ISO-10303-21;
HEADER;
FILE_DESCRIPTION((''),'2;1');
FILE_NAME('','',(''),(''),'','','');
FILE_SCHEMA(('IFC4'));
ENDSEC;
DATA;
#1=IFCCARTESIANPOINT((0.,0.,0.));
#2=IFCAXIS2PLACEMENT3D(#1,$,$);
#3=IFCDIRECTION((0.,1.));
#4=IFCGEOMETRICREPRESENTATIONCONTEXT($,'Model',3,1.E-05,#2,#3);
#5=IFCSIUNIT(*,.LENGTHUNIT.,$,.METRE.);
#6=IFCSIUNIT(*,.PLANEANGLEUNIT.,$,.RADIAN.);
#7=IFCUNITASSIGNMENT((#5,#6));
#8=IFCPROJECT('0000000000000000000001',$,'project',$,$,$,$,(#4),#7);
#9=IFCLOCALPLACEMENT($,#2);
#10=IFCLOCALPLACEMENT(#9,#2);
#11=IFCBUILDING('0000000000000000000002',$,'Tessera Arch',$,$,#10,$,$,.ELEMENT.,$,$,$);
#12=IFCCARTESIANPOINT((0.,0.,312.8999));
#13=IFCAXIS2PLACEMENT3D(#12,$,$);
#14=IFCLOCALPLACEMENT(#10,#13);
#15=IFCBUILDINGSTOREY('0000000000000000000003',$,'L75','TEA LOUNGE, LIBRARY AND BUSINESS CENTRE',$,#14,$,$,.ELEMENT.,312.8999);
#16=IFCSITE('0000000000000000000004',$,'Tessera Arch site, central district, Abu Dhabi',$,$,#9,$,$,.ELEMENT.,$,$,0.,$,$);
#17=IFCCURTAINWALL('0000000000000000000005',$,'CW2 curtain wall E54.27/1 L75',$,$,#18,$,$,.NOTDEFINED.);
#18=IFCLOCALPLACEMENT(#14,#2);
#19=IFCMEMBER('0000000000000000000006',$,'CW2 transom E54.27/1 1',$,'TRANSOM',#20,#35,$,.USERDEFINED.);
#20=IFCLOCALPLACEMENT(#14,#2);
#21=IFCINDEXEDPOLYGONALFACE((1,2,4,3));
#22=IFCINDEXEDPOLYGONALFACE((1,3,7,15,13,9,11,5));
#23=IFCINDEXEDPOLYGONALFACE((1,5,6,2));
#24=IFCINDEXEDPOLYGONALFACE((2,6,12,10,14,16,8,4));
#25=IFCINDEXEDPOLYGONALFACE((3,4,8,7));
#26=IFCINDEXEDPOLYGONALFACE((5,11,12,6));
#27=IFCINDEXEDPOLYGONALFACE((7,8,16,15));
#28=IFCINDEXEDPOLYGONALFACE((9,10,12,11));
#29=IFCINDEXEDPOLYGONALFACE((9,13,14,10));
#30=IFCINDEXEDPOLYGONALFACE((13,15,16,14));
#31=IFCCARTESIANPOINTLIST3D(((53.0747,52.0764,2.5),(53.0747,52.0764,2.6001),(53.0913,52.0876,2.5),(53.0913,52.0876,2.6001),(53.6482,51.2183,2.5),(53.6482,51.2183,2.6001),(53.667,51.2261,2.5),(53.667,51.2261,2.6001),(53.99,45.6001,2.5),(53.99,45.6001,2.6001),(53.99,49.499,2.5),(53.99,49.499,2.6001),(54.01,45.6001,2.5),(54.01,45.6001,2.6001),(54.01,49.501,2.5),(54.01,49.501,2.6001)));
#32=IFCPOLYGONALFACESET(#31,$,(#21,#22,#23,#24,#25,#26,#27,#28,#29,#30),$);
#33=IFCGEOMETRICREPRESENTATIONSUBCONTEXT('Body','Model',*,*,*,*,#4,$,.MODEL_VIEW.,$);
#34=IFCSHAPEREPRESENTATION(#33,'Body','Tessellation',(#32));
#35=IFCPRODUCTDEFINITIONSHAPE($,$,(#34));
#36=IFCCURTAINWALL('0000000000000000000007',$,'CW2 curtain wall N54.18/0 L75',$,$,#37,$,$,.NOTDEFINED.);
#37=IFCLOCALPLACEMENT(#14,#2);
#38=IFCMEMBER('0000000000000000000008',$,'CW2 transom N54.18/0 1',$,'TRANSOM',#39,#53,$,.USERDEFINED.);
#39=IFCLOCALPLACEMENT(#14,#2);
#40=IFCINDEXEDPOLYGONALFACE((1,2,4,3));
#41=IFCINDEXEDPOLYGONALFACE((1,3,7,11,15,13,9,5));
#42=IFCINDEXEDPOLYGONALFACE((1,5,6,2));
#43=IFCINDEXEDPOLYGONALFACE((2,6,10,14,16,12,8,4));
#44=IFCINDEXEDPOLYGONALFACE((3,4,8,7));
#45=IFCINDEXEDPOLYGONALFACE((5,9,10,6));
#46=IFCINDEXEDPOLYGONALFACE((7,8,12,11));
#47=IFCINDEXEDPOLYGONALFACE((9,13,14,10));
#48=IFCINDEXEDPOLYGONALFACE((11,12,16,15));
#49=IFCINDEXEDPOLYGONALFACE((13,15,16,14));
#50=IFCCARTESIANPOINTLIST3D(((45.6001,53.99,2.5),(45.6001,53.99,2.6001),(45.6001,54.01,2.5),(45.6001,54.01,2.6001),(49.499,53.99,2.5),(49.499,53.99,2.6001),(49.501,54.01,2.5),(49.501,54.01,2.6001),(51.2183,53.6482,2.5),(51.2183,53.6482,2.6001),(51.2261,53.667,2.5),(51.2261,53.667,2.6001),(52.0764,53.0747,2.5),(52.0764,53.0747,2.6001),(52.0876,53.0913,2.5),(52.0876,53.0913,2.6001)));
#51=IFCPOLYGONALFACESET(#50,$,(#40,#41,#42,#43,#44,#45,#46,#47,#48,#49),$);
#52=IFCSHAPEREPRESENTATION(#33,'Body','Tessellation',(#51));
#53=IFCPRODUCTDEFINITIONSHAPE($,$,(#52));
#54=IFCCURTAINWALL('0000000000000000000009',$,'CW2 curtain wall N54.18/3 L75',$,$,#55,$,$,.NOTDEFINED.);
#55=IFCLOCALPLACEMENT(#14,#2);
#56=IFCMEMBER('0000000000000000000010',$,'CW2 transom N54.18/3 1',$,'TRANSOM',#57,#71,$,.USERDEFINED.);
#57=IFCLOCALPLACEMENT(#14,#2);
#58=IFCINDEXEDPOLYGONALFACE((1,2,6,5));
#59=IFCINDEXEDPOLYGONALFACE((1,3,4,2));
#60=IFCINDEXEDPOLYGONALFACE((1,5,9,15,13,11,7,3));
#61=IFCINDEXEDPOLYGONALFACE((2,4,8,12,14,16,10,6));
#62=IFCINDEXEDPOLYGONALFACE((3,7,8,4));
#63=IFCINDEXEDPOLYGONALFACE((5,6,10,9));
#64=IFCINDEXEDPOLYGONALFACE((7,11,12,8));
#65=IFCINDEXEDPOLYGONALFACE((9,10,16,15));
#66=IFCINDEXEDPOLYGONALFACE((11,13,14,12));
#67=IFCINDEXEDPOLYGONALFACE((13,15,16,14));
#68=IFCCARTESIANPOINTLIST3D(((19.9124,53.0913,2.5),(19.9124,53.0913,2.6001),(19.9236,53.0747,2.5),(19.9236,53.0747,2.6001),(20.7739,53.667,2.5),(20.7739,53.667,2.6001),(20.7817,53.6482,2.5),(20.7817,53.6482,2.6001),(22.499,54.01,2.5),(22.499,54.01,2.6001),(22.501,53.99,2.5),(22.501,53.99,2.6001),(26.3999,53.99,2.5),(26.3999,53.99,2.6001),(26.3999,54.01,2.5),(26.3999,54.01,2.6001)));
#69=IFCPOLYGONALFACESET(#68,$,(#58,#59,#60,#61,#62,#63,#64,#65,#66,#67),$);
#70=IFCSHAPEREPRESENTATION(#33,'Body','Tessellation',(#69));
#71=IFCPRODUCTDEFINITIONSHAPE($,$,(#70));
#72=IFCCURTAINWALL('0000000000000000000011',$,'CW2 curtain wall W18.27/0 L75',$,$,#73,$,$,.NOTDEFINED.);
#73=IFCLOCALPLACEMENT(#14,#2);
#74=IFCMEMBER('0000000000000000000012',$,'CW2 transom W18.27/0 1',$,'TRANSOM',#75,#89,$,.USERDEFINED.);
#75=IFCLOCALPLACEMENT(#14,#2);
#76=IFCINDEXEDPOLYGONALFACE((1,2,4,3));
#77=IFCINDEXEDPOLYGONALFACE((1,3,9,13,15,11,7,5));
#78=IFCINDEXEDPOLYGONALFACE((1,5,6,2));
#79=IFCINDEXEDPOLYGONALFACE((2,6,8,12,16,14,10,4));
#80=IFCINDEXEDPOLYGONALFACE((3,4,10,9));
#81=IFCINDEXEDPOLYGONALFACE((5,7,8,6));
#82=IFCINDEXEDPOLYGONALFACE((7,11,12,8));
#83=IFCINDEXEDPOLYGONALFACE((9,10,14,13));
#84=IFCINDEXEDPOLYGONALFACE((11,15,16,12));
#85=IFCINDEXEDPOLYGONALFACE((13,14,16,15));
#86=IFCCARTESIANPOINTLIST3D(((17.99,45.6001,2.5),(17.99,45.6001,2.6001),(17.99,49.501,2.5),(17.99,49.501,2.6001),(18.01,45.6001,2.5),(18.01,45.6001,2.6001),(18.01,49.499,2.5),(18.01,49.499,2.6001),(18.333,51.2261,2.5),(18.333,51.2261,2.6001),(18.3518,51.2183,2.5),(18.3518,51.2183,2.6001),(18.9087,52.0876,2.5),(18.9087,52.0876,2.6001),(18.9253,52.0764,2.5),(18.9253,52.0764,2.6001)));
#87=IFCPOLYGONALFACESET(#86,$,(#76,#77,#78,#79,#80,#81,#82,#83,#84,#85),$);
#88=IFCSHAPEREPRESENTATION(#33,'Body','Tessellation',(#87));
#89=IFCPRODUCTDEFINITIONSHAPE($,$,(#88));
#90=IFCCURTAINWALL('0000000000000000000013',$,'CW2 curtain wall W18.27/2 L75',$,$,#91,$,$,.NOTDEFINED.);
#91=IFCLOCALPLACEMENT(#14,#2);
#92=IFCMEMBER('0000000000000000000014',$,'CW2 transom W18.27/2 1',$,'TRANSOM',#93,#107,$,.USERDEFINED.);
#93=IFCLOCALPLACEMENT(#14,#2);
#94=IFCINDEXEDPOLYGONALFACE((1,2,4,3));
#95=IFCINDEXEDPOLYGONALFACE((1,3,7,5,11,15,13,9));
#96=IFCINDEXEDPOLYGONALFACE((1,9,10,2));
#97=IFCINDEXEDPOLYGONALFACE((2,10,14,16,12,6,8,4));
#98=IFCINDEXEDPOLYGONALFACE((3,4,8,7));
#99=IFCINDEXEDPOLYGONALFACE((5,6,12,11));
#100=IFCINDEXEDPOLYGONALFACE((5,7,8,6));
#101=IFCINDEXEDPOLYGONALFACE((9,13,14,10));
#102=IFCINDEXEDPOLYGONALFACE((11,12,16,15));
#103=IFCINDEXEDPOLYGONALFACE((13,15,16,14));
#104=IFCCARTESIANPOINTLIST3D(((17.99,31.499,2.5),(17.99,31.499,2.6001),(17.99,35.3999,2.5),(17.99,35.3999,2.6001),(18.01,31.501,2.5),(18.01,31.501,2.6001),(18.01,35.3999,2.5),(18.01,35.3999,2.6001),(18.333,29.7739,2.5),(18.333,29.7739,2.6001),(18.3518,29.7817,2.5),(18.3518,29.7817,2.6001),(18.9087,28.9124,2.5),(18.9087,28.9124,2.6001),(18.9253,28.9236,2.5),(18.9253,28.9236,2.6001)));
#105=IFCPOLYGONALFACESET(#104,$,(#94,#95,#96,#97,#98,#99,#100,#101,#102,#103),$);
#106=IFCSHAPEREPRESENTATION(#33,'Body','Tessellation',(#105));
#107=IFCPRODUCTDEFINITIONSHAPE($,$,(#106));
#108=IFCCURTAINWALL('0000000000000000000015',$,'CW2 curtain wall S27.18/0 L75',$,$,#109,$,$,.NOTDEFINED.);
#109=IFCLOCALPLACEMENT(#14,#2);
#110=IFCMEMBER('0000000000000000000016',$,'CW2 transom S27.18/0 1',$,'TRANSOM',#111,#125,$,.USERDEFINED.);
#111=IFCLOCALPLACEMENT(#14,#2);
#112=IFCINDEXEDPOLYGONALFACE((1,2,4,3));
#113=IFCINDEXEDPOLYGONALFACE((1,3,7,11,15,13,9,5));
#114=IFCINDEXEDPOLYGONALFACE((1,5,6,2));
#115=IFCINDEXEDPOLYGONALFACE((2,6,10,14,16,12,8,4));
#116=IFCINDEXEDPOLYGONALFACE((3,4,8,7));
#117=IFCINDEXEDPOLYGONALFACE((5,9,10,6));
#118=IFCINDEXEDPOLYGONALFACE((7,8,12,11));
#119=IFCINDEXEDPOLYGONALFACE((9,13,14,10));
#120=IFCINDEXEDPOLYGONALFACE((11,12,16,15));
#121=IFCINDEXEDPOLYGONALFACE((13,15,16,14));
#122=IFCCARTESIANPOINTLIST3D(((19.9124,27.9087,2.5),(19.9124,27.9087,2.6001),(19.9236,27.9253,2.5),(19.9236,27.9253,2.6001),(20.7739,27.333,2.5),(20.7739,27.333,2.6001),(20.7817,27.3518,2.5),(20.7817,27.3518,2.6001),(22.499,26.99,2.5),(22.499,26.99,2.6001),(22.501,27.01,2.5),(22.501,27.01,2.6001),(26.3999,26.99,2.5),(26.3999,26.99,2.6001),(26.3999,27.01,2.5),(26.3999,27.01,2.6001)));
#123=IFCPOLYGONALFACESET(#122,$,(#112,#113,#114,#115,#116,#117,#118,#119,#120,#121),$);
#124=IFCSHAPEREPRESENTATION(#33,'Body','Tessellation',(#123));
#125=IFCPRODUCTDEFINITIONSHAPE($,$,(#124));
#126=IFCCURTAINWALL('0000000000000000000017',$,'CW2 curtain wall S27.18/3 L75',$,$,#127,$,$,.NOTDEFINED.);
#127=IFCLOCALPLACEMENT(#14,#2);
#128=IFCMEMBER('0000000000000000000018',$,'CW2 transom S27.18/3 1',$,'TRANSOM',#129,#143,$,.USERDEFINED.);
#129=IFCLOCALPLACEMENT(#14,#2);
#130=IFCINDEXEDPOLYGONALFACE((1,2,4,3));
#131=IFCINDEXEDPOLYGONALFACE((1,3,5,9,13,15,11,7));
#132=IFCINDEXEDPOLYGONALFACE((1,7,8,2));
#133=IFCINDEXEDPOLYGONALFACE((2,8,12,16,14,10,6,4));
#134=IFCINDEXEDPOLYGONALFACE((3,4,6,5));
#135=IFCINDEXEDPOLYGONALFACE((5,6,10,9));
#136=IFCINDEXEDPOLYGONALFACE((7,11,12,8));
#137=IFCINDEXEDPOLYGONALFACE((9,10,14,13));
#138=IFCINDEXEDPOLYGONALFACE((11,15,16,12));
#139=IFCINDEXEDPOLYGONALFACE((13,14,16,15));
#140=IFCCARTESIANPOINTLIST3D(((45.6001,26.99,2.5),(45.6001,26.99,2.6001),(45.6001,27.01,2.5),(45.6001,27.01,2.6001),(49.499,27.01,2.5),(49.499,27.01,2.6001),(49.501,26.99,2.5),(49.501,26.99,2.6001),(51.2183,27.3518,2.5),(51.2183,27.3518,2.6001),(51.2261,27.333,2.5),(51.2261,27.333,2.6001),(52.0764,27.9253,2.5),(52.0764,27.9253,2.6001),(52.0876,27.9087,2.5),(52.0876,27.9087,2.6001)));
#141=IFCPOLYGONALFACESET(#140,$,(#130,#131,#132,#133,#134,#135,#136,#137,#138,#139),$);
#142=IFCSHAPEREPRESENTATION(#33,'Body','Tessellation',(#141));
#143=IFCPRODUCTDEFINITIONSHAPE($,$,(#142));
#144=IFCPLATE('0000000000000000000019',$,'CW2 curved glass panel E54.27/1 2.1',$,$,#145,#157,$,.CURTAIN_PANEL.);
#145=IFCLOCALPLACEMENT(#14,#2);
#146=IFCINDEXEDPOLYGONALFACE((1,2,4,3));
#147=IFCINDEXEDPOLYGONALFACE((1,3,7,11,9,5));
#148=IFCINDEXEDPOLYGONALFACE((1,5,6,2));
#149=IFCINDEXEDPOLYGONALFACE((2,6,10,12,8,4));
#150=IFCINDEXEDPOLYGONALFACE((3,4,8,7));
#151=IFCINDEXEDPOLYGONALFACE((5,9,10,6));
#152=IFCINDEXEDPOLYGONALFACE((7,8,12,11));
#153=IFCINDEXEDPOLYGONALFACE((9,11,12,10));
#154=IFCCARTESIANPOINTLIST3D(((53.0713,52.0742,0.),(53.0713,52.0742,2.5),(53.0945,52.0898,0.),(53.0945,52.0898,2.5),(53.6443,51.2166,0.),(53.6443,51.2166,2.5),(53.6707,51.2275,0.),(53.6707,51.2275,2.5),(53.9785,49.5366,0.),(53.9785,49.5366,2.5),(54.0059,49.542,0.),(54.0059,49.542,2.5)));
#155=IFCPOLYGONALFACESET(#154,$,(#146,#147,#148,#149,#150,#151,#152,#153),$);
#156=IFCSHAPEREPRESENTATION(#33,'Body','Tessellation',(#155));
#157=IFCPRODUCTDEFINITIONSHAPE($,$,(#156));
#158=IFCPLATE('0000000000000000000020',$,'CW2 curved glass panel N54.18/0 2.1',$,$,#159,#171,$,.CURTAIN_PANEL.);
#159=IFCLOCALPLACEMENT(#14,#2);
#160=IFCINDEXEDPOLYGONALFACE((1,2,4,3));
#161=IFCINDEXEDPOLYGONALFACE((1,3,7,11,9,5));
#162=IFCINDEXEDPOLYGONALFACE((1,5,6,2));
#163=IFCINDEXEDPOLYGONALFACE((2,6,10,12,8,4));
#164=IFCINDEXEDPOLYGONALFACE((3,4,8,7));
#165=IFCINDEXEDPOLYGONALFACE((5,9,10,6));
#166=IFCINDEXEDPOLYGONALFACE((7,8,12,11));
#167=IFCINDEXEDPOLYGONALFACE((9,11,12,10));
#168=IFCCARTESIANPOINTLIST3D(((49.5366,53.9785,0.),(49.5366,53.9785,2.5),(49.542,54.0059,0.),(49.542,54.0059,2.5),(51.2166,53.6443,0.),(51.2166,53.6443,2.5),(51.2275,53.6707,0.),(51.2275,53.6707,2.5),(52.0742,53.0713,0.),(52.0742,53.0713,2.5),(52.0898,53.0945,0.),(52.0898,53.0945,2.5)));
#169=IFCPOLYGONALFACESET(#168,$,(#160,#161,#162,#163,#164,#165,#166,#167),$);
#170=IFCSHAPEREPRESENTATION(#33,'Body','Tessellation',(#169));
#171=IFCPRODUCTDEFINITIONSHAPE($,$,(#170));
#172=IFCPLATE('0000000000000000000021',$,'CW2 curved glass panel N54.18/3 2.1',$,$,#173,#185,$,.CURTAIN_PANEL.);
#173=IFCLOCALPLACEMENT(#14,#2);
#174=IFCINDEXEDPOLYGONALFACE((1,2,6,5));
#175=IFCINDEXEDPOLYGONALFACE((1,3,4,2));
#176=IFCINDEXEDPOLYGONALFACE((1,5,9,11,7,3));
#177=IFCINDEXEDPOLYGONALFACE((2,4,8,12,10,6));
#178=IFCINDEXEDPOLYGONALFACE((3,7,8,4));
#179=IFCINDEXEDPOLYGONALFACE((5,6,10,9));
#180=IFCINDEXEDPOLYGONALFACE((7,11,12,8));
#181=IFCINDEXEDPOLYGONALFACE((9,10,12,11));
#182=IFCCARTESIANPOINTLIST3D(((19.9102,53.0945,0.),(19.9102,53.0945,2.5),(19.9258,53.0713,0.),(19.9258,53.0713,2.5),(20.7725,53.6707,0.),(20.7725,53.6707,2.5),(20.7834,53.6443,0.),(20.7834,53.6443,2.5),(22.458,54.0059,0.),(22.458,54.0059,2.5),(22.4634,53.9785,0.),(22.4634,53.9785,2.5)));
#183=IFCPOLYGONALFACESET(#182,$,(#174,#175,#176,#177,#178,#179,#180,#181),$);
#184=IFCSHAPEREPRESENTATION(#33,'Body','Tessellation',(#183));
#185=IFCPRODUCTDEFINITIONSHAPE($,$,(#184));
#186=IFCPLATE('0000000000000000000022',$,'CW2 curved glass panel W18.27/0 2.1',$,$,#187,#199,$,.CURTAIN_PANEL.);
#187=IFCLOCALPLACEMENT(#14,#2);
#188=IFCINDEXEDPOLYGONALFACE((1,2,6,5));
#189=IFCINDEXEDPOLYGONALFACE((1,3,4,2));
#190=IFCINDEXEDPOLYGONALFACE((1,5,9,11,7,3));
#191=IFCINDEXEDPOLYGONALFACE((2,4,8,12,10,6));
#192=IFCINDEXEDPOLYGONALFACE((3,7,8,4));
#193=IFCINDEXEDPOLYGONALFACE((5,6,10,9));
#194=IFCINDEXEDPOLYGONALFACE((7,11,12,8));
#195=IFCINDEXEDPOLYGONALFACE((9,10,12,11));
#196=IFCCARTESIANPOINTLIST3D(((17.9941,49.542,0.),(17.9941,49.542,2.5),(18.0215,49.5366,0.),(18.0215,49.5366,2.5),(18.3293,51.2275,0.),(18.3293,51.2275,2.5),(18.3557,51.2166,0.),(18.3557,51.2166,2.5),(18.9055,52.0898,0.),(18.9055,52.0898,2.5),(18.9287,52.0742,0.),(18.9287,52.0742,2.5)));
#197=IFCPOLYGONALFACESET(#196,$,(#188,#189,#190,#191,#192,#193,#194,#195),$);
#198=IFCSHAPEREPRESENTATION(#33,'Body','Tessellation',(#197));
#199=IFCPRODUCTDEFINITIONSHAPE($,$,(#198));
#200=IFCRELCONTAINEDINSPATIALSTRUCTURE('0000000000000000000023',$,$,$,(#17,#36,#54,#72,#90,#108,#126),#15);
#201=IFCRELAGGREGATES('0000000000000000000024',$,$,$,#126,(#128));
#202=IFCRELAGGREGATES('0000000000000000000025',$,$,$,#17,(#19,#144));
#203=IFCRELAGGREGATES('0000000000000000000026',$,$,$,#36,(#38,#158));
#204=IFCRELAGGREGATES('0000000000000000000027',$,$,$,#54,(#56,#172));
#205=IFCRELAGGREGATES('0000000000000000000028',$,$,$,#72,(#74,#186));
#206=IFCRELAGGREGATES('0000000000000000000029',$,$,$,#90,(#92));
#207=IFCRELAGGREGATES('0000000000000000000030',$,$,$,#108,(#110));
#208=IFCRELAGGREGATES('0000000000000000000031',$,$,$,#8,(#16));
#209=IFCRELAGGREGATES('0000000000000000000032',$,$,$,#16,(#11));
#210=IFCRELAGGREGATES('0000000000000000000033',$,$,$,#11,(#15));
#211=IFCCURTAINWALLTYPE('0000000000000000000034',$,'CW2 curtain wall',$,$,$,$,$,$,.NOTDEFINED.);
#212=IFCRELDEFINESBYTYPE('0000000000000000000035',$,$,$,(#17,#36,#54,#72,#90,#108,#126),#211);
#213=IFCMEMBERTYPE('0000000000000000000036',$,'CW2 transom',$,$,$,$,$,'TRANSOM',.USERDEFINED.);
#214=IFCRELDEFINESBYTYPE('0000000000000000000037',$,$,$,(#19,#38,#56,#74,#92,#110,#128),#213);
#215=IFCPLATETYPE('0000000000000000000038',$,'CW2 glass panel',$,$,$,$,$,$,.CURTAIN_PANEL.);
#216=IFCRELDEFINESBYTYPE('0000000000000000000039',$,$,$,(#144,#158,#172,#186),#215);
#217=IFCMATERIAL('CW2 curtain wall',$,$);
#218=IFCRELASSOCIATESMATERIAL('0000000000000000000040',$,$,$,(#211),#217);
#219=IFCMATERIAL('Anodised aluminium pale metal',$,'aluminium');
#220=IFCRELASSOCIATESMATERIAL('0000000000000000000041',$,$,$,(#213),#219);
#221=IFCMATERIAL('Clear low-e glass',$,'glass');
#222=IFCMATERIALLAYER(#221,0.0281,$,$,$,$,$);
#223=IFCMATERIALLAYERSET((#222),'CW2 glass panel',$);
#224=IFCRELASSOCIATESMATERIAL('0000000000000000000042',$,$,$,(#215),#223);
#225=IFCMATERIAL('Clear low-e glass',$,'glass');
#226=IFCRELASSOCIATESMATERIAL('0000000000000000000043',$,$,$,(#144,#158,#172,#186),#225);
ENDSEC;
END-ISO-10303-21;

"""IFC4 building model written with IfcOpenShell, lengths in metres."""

from ifc_helpers import new_model, si_unit, direction, frame, origin, origin_2d, place, context, subcontext, project, spatial, polyline, rectangle, outline, extrude, material, layer, layer_set, material_profile, profile_set, type_object, element, aggregate, save


model = new_model("IFC4")

# Units and contexts
model_context = context("Model", 3, precision=1e-05, world=origin(), true_north=direction((0.0, 1.0)))
body_context = subcontext(model_context, "Body", "Model", "MODEL_VIEW")
ifc_project = project(units=[si_unit("LENGTHUNIT", "METRE"), si_unit("PLANEANGLEUNIT", "RADIAN")], contexts=[model_context])

# Site, building, storey
site_placement = place(None, origin())
site = spatial("IfcSite", under=ifc_project, at=site_placement, Name="Tessera Arch site, central district, Abu Dhabi", CompositionType="ELEMENT", RefElevation=0.0)
building_placement = place(site_placement, origin())
building = spatial("IfcBuilding", under=site, at=building_placement, Name="Tessera Arch", CompositionType="ELEMENT")
storey_placement = place(building_placement, frame((0.0, 0.0, 312.8999)))
storey = spatial("IfcBuildingStorey", under=building, at=storey_placement, Name="L75", Description="TEA LOUNGE, LIBRARY AND BUSINESS CENTRE", CompositionType="ELEMENT", Elevation=312.8999)

# Curtain walls, members
ifc_material_1 = material(Name="CW2 curtain wall")
curtain_wall_type = type_object("IfcCurtainWallType", Name="CW2 curtain wall", PredefinedType="NOTDEFINED", material=ifc_material_1)
curtain_wall_1_placement = place(storey_placement, origin())
curtain_wall_1 = element("IfcCurtainWall", 1, at=curtain_wall_1_placement, inside=storey, type_object=curtain_wall_type, Name="CW2 curtain wall E54.27/1 L75", PredefinedType="NOTDEFINED")
ifc_material_2 = material(Name="Anodised aluminium pale metal", Category="aluminium")
ifc_material_profile = material_profile(ifc_material_2, rectangle(XDim=0.2, YDim=0.1001, at=origin_2d()), Name="AL 200x100")
ifc_profile_set = profile_set([ifc_material_profile], Name="Anodised aluminium pale metal")
member_type = type_object("IfcMemberType", Name="CW2 transom", ElementType="TRANSOM", PredefinedType="USERDEFINED", material=ifc_profile_set)
member_1_placement = place(storey_placement, frame((0.0, 0.0, 2.5)))
member_1 = element("IfcMember", 2, at=member_1_placement, type_object=member_type, Name="CW2 transom E54.27/1 1", ObjectType="TRANSOM", PredefinedType="USERDEFINED", context=body_context, shape_type="SweptSolid", body=[
    extrude(outline(polyline([(53.99, 49.499), (53.99, 45.6001), (54.01, 45.6001), (54.01, 49.501), (53.667, 51.2261), (53.0913, 52.0876), (53.0747, 52.0764), (53.6482, 51.2183), (53.99, 49.499)])), origin(), (0.0, 0.0, 1.0), 0.1001),
])
curtain_wall_2_placement = place(storey_placement, origin())
curtain_wall_2 = element("IfcCurtainWall", 3, at=curtain_wall_2_placement, inside=storey, type_object=curtain_wall_type, Name="CW2 curtain wall N54.18/0 L75", PredefinedType="NOTDEFINED")
member_2_placement = place(storey_placement, frame((0.0, 0.0, 2.5)))
member_2 = element("IfcMember", 4, at=member_2_placement, type_object=member_type, Name="CW2 transom N54.18/0 1", ObjectType="TRANSOM", PredefinedType="USERDEFINED", context=body_context, shape_type="SweptSolid", body=[
    extrude(outline(polyline([(51.2183, 53.6482), (52.0764, 53.0747), (52.0876, 53.0913), (51.2261, 53.667), (49.501, 54.01), (45.6001, 54.01), (45.6001, 53.99), (49.499, 53.99), (51.2183, 53.6482)])), origin(), (0.0, 0.0, 1.0), 0.1001),
])
curtain_wall_3_placement = place(storey_placement, origin())
curtain_wall_3 = element("IfcCurtainWall", 5, at=curtain_wall_3_placement, inside=storey, type_object=curtain_wall_type, Name="CW2 curtain wall N54.18/3 L75", PredefinedType="NOTDEFINED")
member_3_placement = place(storey_placement, frame((0.0, 0.0, 2.5)))
member_3 = element("IfcMember", 6, at=member_3_placement, type_object=member_type, Name="CW2 transom N54.18/3 1", ObjectType="TRANSOM", PredefinedType="USERDEFINED", context=body_context, shape_type="SweptSolid", body=[
    extrude(outline(polyline([(22.501, 53.99), (26.3999, 53.99), (26.3999, 54.01), (22.499, 54.01), (20.7739, 53.667), (19.9124, 53.0913), (19.9236, 53.0747), (20.7817, 53.6482), (22.501, 53.99)])), origin(), (0.0, 0.0, 1.0), 0.1001),
])
curtain_wall_4_placement = place(storey_placement, origin())
curtain_wall_4 = element("IfcCurtainWall", 7, at=curtain_wall_4_placement, inside=storey, type_object=curtain_wall_type, Name="CW2 curtain wall W18.27/0 L75", PredefinedType="NOTDEFINED")
member_4_placement = place(storey_placement, frame((0.0, 0.0, 2.5)))
member_4 = element("IfcMember", 8, at=member_4_placement, type_object=member_type, Name="CW2 transom W18.27/0 1", ObjectType="TRANSOM", PredefinedType="USERDEFINED", context=body_context, shape_type="SweptSolid", body=[
    extrude(outline(polyline([(18.3518, 51.2183), (18.9253, 52.0764), (18.9087, 52.0876), (18.333, 51.2261), (17.99, 49.501), (17.99, 45.6001), (18.01, 45.6001), (18.01, 49.499), (18.3518, 51.2183)])), origin(), (0.0, 0.0, 1.0), 0.1001),
])
curtain_wall_5_placement = place(storey_placement, origin())
curtain_wall_5 = element("IfcCurtainWall", 9, at=curtain_wall_5_placement, inside=storey, type_object=curtain_wall_type, Name="CW2 curtain wall W18.27/2 L75", PredefinedType="NOTDEFINED")
member_5_placement = place(storey_placement, frame((0.0, 0.0, 2.5)))
member_5 = element("IfcMember", 10, at=member_5_placement, type_object=member_type, Name="CW2 transom W18.27/2 1", ObjectType="TRANSOM", PredefinedType="USERDEFINED", context=body_context, shape_type="SweptSolid", body=[
    extrude(outline(polyline([(18.01, 31.501), (18.01, 35.3999), (17.99, 35.3999), (17.99, 31.499), (18.333, 29.7739), (18.9087, 28.9124), (18.9253, 28.9236), (18.3518, 29.7817), (18.01, 31.501)])), origin(), (0.0, 0.0, 1.0), 0.1001),
])
curtain_wall_6_placement = place(storey_placement, origin())
curtain_wall_6 = element("IfcCurtainWall", 11, at=curtain_wall_6_placement, inside=storey, type_object=curtain_wall_type, Name="CW2 curtain wall S27.18/0 L75", PredefinedType="NOTDEFINED")
member_6_placement = place(storey_placement, frame((0.0, 0.0, 2.5)))
member_6 = element("IfcMember", 12, at=member_6_placement, type_object=member_type, Name="CW2 transom S27.18/0 1", ObjectType="TRANSOM", PredefinedType="USERDEFINED", context=body_context, shape_type="SweptSolid", body=[
    extrude(outline(polyline([(20.7817, 27.3518), (19.9236, 27.9253), (19.9124, 27.9087), (20.7739, 27.333), (22.499, 26.99), (26.3999, 26.99), (26.3999, 27.01), (22.501, 27.01), (20.7817, 27.3518)])), origin(), (0.0, 0.0, 1.0), 0.1001),
])
curtain_wall_7_placement = place(storey_placement, origin())
curtain_wall_7 = element("IfcCurtainWall", 13, at=curtain_wall_7_placement, inside=storey, type_object=curtain_wall_type, Name="CW2 curtain wall S27.18/3 L75", PredefinedType="NOTDEFINED")
member_7_placement = place(storey_placement, frame((0.0, 0.0, 2.5)))
member_7 = element("IfcMember", 14, at=member_7_placement, type_object=member_type, Name="CW2 transom S27.18/3 1", ObjectType="TRANSOM", PredefinedType="USERDEFINED", context=body_context, shape_type="SweptSolid", body=[
    extrude(outline(polyline([(49.499, 27.01), (45.6001, 27.01), (45.6001, 26.99), (49.501, 26.99), (51.2261, 27.333), (52.0876, 27.9087), (52.0764, 27.9253), (51.2183, 27.3518), (49.499, 27.01)])), origin(), (0.0, 0.0, 1.0), 0.1001),
])

# Plates
ifc_material_3 = material(Name="Clear low-e glass", Category="glass")
ifc_material_4 = material(Name="Clear low-e glass", Category="glass")
ifc_layer_1 = layer(ifc_material_4, 0.0281)
ifc_layer_set_1 = layer_set([ifc_layer_1], Name="CW2 glass panel")
plate_type_1 = type_object("IfcPlateType", Name="CW2 glass panel", PredefinedType="CURTAIN_PANEL", material=ifc_layer_set_1)
plate_1_placement = place(storey_placement, origin())
plate_1 = element("IfcPlate", 15, at=plate_1_placement, type_object=plate_type_1, material=ifc_material_3, Name="CW2 curved glass panel E54.27/1 2.1", PredefinedType="CURTAIN_PANEL", context=body_context, shape_type="SweptSolid", body=[
    extrude(outline(polyline([(53.6443, 51.2166), (53.9785, 49.5366), (54.0059, 49.542), (53.6707, 51.2275), (53.0945, 52.0898), (53.0713, 52.0742), (53.6443, 51.2166)])), origin(), (0.0, 0.0, 1.0), 2.5),
])
plate_2_placement = place(storey_placement, origin())
plate_2 = element("IfcPlate", 16, at=plate_2_placement, type_object=plate_type_1, material=ifc_material_3, Name="CW2 curved glass panel N54.18/0 2.1", PredefinedType="CURTAIN_PANEL", context=body_context, shape_type="SweptSolid", body=[
    extrude(outline(polyline([(51.2166, 53.6443), (52.0742, 53.0713), (52.0898, 53.0945), (51.2275, 53.6707), (49.542, 54.0059), (49.5366, 53.9785), (51.2166, 53.6443)])), origin(), (0.0, 0.0, 1.0), 2.5),
])
plate_3_placement = place(storey_placement, origin())
plate_3 = element("IfcPlate", 17, at=plate_3_placement, type_object=plate_type_1, material=ifc_material_3, Name="CW2 curved glass panel N54.18/3 2.1", PredefinedType="CURTAIN_PANEL", context=body_context, shape_type="SweptSolid", body=[
    extrude(outline(polyline([(20.7834, 53.6443), (22.4634, 53.9785), (22.458, 54.0059), (20.7725, 53.6707), (19.9102, 53.0945), (19.9258, 53.0713), (20.7834, 53.6443)])), origin(), (0.0, 0.0, 1.0), 2.5),
])
plate_4_placement = place(storey_placement, origin())
plate_4 = element("IfcPlate", 18, at=plate_4_placement, type_object=plate_type_1, material=ifc_material_3, Name="CW2 curved glass panel W18.27/0 2.1", PredefinedType="CURTAIN_PANEL", context=body_context, shape_type="SweptSolid", body=[
    extrude(outline(polyline([(18.3557, 51.2166), (18.9287, 52.0742), (18.9055, 52.0898), (18.3293, 51.2275), (17.9941, 49.542), (18.0215, 49.5366), (18.3557, 51.2166)])), origin(), (0.0, 0.0, 1.0), 2.5),
])
aggregate(curtain_wall_7, [member_7])
aggregate(curtain_wall_1, [member_1, plate_1])
aggregate(curtain_wall_2, [member_2, plate_2])
aggregate(curtain_wall_3, [member_3, plate_3])
aggregate(curtain_wall_4, [member_4, plate_4])
aggregate(curtain_wall_5, [member_5])
aggregate(curtain_wall_6, [member_6])

save(model, "model.ifc")
